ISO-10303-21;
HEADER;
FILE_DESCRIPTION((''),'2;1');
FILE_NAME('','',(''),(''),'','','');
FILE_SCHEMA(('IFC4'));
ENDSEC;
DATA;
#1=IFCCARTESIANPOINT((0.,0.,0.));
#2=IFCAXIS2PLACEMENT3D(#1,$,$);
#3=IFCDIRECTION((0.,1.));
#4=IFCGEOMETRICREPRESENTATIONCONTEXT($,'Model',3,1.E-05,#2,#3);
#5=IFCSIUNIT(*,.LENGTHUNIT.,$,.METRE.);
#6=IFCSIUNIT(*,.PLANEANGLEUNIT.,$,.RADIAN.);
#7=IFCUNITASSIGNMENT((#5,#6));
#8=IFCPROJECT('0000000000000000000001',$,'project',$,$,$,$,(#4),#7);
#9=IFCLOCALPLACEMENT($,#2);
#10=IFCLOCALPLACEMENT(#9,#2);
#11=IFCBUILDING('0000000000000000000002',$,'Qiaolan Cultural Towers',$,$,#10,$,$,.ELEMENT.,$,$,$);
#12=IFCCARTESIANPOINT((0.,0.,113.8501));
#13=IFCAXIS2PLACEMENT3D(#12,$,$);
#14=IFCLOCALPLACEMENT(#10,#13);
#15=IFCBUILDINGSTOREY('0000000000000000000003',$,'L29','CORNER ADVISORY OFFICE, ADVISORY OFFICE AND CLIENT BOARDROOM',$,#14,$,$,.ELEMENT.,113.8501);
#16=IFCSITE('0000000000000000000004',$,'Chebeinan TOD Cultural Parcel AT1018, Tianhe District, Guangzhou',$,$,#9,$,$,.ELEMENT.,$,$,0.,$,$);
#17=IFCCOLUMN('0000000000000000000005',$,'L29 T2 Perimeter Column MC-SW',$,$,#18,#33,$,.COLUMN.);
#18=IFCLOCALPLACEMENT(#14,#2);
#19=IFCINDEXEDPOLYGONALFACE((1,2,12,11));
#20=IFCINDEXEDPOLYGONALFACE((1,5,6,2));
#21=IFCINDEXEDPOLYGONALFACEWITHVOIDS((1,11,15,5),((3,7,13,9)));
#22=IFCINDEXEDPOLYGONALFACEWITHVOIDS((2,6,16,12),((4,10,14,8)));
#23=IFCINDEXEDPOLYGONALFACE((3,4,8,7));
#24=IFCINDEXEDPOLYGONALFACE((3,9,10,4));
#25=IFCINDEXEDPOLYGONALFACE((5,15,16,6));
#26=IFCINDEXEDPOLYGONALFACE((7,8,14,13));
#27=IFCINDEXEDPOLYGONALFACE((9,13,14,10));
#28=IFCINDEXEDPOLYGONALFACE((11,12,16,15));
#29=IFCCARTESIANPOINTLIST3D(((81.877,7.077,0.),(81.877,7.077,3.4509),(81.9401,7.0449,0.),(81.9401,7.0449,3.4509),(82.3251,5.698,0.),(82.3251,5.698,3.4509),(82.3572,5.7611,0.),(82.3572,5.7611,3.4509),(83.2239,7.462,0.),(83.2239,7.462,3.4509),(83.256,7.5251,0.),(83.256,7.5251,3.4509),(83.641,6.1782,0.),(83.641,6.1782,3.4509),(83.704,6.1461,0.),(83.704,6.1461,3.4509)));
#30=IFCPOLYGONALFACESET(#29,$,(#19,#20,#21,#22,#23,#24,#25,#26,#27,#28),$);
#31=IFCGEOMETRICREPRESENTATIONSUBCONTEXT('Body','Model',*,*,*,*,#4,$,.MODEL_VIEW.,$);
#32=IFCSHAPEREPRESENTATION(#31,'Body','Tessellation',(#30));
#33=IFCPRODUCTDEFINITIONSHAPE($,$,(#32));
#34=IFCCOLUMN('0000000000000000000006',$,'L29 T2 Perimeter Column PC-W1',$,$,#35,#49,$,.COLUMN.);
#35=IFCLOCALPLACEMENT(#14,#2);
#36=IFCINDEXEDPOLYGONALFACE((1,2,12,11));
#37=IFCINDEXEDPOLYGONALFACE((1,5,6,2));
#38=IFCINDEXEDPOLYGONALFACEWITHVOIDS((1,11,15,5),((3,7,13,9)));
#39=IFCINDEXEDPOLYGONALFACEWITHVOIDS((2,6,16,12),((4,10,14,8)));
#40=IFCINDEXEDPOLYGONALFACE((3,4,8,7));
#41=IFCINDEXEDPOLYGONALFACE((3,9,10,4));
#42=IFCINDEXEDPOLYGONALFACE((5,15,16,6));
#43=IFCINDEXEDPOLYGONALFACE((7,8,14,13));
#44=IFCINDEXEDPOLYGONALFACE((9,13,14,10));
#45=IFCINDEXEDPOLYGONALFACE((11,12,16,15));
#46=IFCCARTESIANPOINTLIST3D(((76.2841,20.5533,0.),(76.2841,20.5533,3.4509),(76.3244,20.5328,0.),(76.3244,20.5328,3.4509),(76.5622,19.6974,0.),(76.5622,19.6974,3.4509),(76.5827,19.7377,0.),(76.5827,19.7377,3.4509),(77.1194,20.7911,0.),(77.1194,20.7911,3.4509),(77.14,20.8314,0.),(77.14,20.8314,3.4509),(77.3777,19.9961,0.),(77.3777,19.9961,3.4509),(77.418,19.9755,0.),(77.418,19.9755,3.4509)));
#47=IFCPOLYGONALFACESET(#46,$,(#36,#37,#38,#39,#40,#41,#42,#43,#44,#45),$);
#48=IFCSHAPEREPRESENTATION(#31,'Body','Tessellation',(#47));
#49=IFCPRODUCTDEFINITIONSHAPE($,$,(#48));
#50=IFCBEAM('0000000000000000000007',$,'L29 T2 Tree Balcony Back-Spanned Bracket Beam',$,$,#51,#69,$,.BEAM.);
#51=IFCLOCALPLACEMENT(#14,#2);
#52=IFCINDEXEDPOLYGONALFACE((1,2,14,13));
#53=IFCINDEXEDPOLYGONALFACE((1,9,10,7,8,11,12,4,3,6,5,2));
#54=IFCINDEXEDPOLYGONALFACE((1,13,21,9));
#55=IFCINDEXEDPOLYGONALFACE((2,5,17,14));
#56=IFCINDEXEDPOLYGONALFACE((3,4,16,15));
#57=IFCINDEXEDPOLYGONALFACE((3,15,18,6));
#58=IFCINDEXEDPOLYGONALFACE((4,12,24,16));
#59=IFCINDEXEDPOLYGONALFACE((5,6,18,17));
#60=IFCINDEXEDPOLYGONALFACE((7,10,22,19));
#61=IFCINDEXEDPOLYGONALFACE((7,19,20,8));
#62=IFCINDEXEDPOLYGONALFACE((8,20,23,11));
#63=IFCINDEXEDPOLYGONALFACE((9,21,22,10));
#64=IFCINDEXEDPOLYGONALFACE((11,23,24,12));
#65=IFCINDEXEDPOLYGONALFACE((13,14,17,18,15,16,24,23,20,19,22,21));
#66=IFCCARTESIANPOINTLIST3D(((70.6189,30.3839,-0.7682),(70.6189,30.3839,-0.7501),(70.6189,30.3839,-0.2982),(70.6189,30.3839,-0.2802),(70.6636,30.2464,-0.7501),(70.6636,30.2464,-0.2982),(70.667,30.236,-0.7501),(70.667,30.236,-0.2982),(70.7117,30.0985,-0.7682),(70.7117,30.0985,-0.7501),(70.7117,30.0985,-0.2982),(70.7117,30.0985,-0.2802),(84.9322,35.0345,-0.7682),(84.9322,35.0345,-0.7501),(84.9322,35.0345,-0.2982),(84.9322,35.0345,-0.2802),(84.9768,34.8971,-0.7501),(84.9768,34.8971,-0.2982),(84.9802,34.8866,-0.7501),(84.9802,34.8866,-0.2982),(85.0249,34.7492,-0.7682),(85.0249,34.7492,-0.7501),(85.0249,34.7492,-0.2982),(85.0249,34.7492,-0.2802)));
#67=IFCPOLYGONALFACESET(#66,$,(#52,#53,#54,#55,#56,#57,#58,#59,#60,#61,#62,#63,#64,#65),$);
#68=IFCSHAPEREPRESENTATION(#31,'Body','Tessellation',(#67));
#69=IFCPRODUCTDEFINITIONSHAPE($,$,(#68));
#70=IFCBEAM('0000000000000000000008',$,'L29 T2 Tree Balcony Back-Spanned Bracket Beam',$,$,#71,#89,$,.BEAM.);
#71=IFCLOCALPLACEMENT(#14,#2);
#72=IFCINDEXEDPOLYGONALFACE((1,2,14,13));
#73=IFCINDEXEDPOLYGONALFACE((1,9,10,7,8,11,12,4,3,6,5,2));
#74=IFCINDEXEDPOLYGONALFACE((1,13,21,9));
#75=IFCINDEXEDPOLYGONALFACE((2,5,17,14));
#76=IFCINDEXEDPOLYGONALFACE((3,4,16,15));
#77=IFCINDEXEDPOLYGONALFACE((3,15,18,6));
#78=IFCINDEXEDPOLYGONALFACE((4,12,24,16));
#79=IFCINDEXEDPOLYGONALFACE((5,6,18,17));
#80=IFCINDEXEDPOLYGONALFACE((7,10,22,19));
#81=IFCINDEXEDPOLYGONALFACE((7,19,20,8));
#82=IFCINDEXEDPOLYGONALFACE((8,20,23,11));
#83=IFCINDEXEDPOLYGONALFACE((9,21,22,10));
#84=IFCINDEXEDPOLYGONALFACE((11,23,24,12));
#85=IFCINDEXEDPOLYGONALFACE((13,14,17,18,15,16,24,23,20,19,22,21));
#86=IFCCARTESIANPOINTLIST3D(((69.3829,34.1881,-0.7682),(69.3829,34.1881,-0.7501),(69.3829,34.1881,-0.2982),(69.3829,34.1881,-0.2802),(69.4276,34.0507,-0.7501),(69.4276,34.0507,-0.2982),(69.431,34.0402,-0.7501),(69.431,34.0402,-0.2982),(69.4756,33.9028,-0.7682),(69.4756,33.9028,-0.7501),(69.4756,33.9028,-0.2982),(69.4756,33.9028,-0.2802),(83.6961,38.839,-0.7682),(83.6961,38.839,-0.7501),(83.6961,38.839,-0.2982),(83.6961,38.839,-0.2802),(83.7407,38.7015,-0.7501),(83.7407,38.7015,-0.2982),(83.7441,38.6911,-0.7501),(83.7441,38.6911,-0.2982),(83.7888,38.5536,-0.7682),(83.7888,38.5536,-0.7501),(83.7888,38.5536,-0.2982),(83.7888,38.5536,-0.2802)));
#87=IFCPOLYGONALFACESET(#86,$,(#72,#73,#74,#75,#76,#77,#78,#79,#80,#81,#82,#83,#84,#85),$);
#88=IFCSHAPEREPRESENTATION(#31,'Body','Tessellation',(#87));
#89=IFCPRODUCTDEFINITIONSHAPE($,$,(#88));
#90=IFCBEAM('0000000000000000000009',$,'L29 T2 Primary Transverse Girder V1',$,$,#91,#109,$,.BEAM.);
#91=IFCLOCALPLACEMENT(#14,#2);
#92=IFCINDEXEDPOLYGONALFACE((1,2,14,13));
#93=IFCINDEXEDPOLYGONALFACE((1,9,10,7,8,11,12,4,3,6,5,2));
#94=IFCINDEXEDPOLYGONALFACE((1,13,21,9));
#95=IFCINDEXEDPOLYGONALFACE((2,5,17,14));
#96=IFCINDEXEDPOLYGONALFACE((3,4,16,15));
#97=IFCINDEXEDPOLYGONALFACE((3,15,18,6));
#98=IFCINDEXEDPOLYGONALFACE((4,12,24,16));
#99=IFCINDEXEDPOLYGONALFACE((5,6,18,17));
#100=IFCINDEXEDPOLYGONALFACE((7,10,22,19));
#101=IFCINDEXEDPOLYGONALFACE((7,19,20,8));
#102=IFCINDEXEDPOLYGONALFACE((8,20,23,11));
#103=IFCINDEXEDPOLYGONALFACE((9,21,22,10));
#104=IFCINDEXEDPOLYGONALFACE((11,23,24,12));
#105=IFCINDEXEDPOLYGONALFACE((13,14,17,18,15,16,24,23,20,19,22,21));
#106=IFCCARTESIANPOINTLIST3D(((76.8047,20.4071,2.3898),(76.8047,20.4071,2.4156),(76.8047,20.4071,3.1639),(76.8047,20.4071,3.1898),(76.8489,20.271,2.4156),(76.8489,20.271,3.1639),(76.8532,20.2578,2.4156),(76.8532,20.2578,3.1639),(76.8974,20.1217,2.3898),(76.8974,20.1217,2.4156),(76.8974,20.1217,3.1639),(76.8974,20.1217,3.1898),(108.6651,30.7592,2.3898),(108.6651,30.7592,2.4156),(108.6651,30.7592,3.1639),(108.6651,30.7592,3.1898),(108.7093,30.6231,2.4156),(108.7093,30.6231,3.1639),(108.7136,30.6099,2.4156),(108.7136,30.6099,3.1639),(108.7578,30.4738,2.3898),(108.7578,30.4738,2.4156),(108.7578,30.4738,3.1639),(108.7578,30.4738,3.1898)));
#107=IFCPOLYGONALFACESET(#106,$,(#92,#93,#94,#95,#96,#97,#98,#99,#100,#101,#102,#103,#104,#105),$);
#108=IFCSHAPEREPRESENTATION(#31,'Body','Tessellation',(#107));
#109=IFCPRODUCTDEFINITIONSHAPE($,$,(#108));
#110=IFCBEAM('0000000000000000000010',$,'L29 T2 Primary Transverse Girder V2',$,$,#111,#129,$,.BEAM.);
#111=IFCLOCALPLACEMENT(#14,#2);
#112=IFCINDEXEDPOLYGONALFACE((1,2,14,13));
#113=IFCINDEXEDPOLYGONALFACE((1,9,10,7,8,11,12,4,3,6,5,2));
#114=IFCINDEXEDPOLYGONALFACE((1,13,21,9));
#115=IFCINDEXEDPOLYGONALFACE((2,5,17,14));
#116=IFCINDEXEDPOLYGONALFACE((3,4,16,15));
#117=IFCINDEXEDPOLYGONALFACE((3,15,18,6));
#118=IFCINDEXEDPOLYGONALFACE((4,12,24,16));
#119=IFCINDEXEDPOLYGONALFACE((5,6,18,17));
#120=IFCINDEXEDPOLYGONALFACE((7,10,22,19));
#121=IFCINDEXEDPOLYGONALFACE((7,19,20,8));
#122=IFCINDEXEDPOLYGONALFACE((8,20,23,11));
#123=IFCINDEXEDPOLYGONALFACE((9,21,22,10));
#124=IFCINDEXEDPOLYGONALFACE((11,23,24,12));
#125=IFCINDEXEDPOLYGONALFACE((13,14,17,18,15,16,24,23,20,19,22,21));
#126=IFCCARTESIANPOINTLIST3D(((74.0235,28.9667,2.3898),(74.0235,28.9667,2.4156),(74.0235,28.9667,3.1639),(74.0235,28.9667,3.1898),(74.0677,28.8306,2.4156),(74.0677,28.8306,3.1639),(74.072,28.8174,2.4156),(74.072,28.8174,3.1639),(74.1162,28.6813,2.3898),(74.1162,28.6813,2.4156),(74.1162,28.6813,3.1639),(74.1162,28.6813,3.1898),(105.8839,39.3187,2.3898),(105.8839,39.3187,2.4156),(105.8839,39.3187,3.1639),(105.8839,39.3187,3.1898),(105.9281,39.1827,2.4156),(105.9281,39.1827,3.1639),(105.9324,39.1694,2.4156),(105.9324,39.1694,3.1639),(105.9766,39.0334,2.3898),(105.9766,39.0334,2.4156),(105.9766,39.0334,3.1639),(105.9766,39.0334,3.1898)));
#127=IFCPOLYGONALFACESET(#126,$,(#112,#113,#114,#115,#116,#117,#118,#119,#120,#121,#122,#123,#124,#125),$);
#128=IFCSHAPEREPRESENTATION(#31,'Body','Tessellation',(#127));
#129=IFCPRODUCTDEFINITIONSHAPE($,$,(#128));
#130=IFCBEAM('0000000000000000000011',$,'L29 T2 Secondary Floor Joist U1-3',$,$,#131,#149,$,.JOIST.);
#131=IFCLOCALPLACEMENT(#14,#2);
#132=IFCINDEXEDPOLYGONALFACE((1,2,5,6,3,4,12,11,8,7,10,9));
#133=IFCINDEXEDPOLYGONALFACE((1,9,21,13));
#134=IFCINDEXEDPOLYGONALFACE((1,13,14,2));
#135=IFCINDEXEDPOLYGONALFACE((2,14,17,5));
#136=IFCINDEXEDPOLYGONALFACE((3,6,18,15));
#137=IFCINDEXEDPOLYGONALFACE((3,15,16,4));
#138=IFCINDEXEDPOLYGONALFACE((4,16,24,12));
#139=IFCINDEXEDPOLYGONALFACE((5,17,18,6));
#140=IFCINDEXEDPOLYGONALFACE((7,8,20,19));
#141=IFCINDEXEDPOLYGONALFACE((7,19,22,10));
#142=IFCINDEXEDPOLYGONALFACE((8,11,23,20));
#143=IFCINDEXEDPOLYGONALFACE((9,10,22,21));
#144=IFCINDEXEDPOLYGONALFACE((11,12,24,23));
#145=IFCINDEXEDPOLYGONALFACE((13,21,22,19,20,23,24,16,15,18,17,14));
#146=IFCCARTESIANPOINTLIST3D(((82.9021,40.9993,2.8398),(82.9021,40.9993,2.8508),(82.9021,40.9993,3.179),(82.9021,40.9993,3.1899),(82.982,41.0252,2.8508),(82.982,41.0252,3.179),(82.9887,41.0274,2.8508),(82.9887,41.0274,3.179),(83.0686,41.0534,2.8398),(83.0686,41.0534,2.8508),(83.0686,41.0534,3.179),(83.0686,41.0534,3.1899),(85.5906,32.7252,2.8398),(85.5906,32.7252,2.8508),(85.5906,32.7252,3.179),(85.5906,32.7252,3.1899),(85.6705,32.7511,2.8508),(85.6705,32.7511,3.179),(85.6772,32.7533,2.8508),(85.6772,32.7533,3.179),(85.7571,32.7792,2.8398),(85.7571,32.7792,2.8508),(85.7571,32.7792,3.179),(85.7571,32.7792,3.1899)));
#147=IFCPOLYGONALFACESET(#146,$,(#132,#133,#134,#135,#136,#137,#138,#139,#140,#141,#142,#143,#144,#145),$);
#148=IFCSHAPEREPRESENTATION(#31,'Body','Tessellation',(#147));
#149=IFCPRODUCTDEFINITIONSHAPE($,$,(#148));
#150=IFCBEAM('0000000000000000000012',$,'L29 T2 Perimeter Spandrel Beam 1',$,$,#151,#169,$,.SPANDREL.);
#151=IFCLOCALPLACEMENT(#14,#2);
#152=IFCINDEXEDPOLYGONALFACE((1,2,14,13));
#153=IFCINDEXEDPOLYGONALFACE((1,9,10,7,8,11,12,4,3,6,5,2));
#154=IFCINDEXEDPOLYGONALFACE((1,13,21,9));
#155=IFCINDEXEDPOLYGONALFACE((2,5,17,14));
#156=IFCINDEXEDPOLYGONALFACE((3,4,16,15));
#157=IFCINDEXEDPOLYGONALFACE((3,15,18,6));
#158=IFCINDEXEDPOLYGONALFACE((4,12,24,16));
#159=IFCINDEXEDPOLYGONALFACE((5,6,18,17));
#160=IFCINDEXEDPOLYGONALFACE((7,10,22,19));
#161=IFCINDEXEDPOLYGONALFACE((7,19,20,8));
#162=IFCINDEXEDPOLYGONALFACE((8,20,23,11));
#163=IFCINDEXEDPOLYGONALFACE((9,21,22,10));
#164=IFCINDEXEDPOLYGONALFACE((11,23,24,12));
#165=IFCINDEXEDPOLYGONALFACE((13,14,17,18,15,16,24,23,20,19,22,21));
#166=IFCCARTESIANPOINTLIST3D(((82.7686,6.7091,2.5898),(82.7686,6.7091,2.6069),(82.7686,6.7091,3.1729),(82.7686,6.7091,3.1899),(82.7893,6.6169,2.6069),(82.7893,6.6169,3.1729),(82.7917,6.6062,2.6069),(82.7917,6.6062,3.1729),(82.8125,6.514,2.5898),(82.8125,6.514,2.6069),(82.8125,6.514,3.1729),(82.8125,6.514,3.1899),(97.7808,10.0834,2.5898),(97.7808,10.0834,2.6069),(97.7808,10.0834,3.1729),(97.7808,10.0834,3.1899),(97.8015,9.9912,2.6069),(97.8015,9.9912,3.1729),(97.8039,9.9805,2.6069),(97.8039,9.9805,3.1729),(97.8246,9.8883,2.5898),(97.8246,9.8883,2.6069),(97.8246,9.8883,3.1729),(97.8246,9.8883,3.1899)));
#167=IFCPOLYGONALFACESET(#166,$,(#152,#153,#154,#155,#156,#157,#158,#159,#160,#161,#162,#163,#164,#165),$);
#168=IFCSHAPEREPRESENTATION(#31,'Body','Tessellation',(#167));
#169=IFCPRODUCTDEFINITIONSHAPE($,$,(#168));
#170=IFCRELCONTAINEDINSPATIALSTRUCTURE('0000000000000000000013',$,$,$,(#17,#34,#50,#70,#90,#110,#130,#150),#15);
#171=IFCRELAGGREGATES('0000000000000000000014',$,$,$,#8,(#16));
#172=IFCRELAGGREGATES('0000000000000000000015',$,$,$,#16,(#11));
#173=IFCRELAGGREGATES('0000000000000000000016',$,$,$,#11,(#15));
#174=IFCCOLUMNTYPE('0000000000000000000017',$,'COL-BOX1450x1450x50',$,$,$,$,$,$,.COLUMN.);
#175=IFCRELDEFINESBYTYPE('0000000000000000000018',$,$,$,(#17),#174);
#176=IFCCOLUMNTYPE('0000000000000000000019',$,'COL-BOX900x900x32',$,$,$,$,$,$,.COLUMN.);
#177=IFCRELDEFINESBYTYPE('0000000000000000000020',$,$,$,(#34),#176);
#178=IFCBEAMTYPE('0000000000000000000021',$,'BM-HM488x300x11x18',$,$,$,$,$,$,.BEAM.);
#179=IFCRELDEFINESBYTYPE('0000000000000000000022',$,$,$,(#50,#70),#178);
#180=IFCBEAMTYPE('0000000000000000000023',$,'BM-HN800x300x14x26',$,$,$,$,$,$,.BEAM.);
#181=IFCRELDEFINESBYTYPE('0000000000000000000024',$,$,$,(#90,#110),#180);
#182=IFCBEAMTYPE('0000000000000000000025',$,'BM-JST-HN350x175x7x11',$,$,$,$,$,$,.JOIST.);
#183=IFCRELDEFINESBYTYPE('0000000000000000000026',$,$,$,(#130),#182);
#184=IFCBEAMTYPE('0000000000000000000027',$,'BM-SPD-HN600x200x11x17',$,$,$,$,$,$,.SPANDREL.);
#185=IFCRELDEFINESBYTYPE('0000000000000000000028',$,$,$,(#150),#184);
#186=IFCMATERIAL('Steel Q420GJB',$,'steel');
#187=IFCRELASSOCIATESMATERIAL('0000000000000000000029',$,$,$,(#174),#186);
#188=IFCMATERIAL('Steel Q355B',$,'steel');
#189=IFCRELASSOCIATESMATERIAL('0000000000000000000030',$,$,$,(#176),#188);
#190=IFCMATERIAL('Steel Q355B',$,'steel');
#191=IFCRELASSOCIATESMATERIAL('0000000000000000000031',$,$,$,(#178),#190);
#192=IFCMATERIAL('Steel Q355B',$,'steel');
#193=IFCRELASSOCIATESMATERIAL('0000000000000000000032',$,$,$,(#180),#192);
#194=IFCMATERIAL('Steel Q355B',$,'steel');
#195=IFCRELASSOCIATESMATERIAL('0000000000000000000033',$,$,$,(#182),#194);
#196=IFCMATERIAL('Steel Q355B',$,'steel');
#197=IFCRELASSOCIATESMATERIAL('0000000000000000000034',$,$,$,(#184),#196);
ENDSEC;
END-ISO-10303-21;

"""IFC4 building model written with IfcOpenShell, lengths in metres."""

from ifc_helpers import new_model, si_unit, direction, frame, origin, origin_2d, place, context, subcontext, project, spatial, hollow_rectangle, i_section, extrude, material, material_profile, profile_set, type_object, element, save


model = new_model("IFC4")

# Units and contexts
model_context = context("Model", 3, precision=1e-05, world=origin(), true_north=direction((0.0, 1.0)))
body_context = subcontext(model_context, "Body", "Model", "MODEL_VIEW")
ifc_project = project(units=[si_unit("LENGTHUNIT", "METRE"), si_unit("PLANEANGLEUNIT", "RADIAN")], contexts=[model_context])

# Site, building, storey
site_placement = place(None, origin())
site = spatial("IfcSite", under=ifc_project, at=site_placement, Name="Chebeinan TOD Cultural Parcel AT1018, Tianhe District, Guangzhou", CompositionType="ELEMENT", RefElevation=0.0)
building_placement = place(site_placement, origin())
building = spatial("IfcBuilding", under=site, at=building_placement, Name="Qiaolan Cultural Towers", CompositionType="ELEMENT")
storey_placement = place(building_placement, frame((0.0, 0.0, 113.8501)))
storey = spatial("IfcBuildingStorey", under=building, at=storey_placement, Name="L29", Description="CORNER ADVISORY OFFICE, ADVISORY OFFICE AND CLIENT BOARDROOM", CompositionType="ELEMENT", Elevation=113.8501)

# Columns
ifc_material_1 = material(Name="Steel Q420GJB", Category="steel")
ifc_material_profile_1 = material_profile(ifc_material_1, hollow_rectangle(XDim=1.45, YDim=1.45, WallThickness=0.05, at=origin_2d()), Name="BOX1450x1450x50")
ifc_profile_set_1 = profile_set([ifc_material_profile_1], Name="Steel Q420GJB")
column_type_1 = type_object("IfcColumnType", Name="COL-BOX1450x1450x50", PredefinedType="COLUMN", material=ifc_profile_set_1)
column_1_placement = place(storey_placement, frame((82.7905, 6.6116, 0.0), z_axis=(0.0, 0.0, 1.0), x_axis=(0.951057, 0.309017, 0.0)))
element("IfcColumn", 1, at=column_1_placement, inside=storey, type_object=column_type_1, Name="L29 T2 Perimeter Column MC-SW", PredefinedType="COLUMN", context=body_context, shape_type="SweptSolid", body=[
    extrude(hollow_rectangle(XDim=1.45, YDim=1.45, WallThickness=0.05, at=origin_2d()), origin(), (0.0, 0.0, 1.0), 3.4509),
])
ifc_material_2 = material(Name="Steel Q355B", Category="steel")
ifc_material_profile_2 = material_profile(ifc_material_2, hollow_rectangle(XDim=0.8999, YDim=0.8999, WallThickness=0.032, at=origin_2d()), Name="BOX900x900x32")
ifc_profile_set_2 = profile_set([ifc_material_profile_2], Name="Steel Q355B")
column_type_2 = type_object("IfcColumnType", Name="COL-BOX900x900x32", PredefinedType="COLUMN", material=ifc_profile_set_2)
column_2_placement = place(storey_placement, frame((76.8511, 20.2644, 0.0), z_axis=(0.0, 0.0, 1.0), x_axis=(0.951057, 0.309017, 0.0)))
element("IfcColumn", 2, at=column_2_placement, inside=storey, type_object=column_type_2, Name="L29 T2 Perimeter Column PC-W1", PredefinedType="COLUMN", context=body_context, shape_type="SweptSolid", body=[
    extrude(hollow_rectangle(XDim=0.8999, YDim=0.8999, WallThickness=0.032, at=origin_2d()), origin(), (0.0, 0.0, 1.0), 3.4509),
])

# Beams
ifc_material_3 = material(Name="Steel Q355B", Category="steel")
ifc_material_profile_3 = material_profile(ifc_material_3, i_section(OverallWidth=0.3, OverallDepth=0.488, WebThickness=0.011, FlangeThickness=0.0181, at=origin_2d()), Name="HM488x300x11x18")
ifc_profile_set_3 = profile_set([ifc_material_profile_3], Name="Steel Q355B")
beam_type_1 = type_object("IfcBeamType", Name="BM-HM488x300x11x18", PredefinedType="BEAM", material=ifc_profile_set_3)
for number, where, z_axis, x_axis, name in (
    (3, (84.9785, 34.8918, -0.5242), (-0.951057, -0.309016, 0.0), (0.309016, -0.951057, 0.0), "L29 T2 Tree Balcony Back-Spanned Bracket Beam"),
    (4, (83.7424, 38.6963, -0.5242), (-0.951052, -0.309031, 0.0), (0.309031, -0.951052, 0.0), "L29 T2 Tree Balcony Back-Spanned Bracket Beam"),
):
    element("IfcBeam", number, at=place(storey_placement, frame(where, z_axis=z_axis, x_axis=x_axis)), inside=storey, type_object=beam_type_1, Name=name, PredefinedType="BEAM", context=body_context, shape_type="SweptSolid", body=[
        extrude(i_section(OverallWidth=0.3, OverallDepth=0.488, WebThickness=0.011, FlangeThickness=0.0181, at=origin_2d()), origin(), (0.0, 0.0, 1.0), 15.0498),
    ])
ifc_material_4 = material(Name="Steel Q355B", Category="steel")
ifc_material_profile_4 = material_profile(ifc_material_4, i_section(OverallWidth=0.3, OverallDepth=0.8, WebThickness=0.0139, FlangeThickness=0.0259, at=origin_2d()), Name="HN800x300x14x26")
ifc_profile_set_4 = profile_set([ifc_material_profile_4], Name="Steel Q355B")
beam_type_2 = type_object("IfcBeamType", Name="BM-HN800x300x14x26", PredefinedType="BEAM", material=ifc_profile_set_4)
for number, where, z_axis, x_axis, name in (
    (5, (76.8511, 20.2644, 2.7898), (0.951057, 0.309017, 0.0), (-0.309017, 0.951057, 0.0), "L29 T2 Primary Transverse Girder V1"),
    (6, (74.0698, 28.824, 2.7898), (0.951057, 0.309017, 0.0), (-0.309017, 0.951057, 0.0), "L29 T2 Primary Transverse Girder V2"),
):
    element("IfcBeam", number, at=place(storey_placement, frame(where, z_axis=z_axis, x_axis=x_axis)), inside=storey, type_object=beam_type_2, Name=name, PredefinedType="BEAM", context=body_context, shape_type="SweptSolid", body=[
        extrude(i_section(OverallWidth=0.3, OverallDepth=0.8, WebThickness=0.0139, FlangeThickness=0.0259, at=origin_2d()), origin(), (0.0, 0.0, 1.0), 33.5),
    ])
ifc_material_5 = material(Name="Steel Q355B", Category="steel")
ifc_material_profile_5 = material_profile(ifc_material_5, i_section(OverallWidth=0.175, OverallDepth=0.3501, WebThickness=0.0071, FlangeThickness=0.011, at=origin_2d()), Name="HN350x175x7x11")
ifc_profile_set_5 = profile_set([ifc_material_profile_5], Name="Steel Q355B")
beam_type_3 = type_object("IfcBeamType", Name="BM-JST-HN350x175x7x11", PredefinedType="JOIST", material=ifc_profile_set_5)
beam_1_placement = place(storey_placement, frame((85.6738, 32.7522, 3.0149), z_axis=(-0.309021, 0.951055, 0.0), x_axis=(-0.951055, -0.309021, 0.0)))
element("IfcBeam", 7, at=beam_1_placement, inside=storey, type_object=beam_type_3, Name="L29 T2 Secondary Floor Joist U1-3", PredefinedType="JOIST", context=body_context, shape_type="SweptSolid", body=[
    extrude(i_section(OverallWidth=0.175, OverallDepth=0.3501, WebThickness=0.0071, FlangeThickness=0.011, at=origin_2d()), origin(), (0.0, 0.0, 1.0), 8.7),
])
ifc_material_6 = material(Name="Steel Q355B", Category="steel")
ifc_material_profile_6 = material_profile(ifc_material_6, i_section(OverallWidth=0.2, OverallDepth=0.6001, WebThickness=0.011, FlangeThickness=0.0171, at=origin_2d()), Name="HN600x200x11x17")
ifc_profile_set_6 = profile_set([ifc_material_profile_6], Name="Steel Q355B")
beam_type_4 = type_object("IfcBeamType", Name="BM-SPD-HN600x200x11x17", PredefinedType="SPANDREL", material=ifc_profile_set_6)
beam_2_placement = place(storey_placement, frame((82.7905, 6.6116, 2.8899), z_axis=(0.975658, 0.219297, 0.0), x_axis=(-0.219297, 0.975658, 0.0)))
element("IfcBeam", 8, at=beam_2_placement, inside=storey, type_object=beam_type_4, Name="L29 T2 Perimeter Spandrel Beam 1", PredefinedType="SPANDREL", context=body_context, shape_type="SweptSolid", body=[
    extrude(i_section(OverallWidth=0.2, OverallDepth=0.6001, WebThickness=0.011, FlangeThickness=0.0171, at=origin_2d()), origin(), (0.0, 0.0, 1.0), 15.3867),
])

save(model, "model.ifc")
